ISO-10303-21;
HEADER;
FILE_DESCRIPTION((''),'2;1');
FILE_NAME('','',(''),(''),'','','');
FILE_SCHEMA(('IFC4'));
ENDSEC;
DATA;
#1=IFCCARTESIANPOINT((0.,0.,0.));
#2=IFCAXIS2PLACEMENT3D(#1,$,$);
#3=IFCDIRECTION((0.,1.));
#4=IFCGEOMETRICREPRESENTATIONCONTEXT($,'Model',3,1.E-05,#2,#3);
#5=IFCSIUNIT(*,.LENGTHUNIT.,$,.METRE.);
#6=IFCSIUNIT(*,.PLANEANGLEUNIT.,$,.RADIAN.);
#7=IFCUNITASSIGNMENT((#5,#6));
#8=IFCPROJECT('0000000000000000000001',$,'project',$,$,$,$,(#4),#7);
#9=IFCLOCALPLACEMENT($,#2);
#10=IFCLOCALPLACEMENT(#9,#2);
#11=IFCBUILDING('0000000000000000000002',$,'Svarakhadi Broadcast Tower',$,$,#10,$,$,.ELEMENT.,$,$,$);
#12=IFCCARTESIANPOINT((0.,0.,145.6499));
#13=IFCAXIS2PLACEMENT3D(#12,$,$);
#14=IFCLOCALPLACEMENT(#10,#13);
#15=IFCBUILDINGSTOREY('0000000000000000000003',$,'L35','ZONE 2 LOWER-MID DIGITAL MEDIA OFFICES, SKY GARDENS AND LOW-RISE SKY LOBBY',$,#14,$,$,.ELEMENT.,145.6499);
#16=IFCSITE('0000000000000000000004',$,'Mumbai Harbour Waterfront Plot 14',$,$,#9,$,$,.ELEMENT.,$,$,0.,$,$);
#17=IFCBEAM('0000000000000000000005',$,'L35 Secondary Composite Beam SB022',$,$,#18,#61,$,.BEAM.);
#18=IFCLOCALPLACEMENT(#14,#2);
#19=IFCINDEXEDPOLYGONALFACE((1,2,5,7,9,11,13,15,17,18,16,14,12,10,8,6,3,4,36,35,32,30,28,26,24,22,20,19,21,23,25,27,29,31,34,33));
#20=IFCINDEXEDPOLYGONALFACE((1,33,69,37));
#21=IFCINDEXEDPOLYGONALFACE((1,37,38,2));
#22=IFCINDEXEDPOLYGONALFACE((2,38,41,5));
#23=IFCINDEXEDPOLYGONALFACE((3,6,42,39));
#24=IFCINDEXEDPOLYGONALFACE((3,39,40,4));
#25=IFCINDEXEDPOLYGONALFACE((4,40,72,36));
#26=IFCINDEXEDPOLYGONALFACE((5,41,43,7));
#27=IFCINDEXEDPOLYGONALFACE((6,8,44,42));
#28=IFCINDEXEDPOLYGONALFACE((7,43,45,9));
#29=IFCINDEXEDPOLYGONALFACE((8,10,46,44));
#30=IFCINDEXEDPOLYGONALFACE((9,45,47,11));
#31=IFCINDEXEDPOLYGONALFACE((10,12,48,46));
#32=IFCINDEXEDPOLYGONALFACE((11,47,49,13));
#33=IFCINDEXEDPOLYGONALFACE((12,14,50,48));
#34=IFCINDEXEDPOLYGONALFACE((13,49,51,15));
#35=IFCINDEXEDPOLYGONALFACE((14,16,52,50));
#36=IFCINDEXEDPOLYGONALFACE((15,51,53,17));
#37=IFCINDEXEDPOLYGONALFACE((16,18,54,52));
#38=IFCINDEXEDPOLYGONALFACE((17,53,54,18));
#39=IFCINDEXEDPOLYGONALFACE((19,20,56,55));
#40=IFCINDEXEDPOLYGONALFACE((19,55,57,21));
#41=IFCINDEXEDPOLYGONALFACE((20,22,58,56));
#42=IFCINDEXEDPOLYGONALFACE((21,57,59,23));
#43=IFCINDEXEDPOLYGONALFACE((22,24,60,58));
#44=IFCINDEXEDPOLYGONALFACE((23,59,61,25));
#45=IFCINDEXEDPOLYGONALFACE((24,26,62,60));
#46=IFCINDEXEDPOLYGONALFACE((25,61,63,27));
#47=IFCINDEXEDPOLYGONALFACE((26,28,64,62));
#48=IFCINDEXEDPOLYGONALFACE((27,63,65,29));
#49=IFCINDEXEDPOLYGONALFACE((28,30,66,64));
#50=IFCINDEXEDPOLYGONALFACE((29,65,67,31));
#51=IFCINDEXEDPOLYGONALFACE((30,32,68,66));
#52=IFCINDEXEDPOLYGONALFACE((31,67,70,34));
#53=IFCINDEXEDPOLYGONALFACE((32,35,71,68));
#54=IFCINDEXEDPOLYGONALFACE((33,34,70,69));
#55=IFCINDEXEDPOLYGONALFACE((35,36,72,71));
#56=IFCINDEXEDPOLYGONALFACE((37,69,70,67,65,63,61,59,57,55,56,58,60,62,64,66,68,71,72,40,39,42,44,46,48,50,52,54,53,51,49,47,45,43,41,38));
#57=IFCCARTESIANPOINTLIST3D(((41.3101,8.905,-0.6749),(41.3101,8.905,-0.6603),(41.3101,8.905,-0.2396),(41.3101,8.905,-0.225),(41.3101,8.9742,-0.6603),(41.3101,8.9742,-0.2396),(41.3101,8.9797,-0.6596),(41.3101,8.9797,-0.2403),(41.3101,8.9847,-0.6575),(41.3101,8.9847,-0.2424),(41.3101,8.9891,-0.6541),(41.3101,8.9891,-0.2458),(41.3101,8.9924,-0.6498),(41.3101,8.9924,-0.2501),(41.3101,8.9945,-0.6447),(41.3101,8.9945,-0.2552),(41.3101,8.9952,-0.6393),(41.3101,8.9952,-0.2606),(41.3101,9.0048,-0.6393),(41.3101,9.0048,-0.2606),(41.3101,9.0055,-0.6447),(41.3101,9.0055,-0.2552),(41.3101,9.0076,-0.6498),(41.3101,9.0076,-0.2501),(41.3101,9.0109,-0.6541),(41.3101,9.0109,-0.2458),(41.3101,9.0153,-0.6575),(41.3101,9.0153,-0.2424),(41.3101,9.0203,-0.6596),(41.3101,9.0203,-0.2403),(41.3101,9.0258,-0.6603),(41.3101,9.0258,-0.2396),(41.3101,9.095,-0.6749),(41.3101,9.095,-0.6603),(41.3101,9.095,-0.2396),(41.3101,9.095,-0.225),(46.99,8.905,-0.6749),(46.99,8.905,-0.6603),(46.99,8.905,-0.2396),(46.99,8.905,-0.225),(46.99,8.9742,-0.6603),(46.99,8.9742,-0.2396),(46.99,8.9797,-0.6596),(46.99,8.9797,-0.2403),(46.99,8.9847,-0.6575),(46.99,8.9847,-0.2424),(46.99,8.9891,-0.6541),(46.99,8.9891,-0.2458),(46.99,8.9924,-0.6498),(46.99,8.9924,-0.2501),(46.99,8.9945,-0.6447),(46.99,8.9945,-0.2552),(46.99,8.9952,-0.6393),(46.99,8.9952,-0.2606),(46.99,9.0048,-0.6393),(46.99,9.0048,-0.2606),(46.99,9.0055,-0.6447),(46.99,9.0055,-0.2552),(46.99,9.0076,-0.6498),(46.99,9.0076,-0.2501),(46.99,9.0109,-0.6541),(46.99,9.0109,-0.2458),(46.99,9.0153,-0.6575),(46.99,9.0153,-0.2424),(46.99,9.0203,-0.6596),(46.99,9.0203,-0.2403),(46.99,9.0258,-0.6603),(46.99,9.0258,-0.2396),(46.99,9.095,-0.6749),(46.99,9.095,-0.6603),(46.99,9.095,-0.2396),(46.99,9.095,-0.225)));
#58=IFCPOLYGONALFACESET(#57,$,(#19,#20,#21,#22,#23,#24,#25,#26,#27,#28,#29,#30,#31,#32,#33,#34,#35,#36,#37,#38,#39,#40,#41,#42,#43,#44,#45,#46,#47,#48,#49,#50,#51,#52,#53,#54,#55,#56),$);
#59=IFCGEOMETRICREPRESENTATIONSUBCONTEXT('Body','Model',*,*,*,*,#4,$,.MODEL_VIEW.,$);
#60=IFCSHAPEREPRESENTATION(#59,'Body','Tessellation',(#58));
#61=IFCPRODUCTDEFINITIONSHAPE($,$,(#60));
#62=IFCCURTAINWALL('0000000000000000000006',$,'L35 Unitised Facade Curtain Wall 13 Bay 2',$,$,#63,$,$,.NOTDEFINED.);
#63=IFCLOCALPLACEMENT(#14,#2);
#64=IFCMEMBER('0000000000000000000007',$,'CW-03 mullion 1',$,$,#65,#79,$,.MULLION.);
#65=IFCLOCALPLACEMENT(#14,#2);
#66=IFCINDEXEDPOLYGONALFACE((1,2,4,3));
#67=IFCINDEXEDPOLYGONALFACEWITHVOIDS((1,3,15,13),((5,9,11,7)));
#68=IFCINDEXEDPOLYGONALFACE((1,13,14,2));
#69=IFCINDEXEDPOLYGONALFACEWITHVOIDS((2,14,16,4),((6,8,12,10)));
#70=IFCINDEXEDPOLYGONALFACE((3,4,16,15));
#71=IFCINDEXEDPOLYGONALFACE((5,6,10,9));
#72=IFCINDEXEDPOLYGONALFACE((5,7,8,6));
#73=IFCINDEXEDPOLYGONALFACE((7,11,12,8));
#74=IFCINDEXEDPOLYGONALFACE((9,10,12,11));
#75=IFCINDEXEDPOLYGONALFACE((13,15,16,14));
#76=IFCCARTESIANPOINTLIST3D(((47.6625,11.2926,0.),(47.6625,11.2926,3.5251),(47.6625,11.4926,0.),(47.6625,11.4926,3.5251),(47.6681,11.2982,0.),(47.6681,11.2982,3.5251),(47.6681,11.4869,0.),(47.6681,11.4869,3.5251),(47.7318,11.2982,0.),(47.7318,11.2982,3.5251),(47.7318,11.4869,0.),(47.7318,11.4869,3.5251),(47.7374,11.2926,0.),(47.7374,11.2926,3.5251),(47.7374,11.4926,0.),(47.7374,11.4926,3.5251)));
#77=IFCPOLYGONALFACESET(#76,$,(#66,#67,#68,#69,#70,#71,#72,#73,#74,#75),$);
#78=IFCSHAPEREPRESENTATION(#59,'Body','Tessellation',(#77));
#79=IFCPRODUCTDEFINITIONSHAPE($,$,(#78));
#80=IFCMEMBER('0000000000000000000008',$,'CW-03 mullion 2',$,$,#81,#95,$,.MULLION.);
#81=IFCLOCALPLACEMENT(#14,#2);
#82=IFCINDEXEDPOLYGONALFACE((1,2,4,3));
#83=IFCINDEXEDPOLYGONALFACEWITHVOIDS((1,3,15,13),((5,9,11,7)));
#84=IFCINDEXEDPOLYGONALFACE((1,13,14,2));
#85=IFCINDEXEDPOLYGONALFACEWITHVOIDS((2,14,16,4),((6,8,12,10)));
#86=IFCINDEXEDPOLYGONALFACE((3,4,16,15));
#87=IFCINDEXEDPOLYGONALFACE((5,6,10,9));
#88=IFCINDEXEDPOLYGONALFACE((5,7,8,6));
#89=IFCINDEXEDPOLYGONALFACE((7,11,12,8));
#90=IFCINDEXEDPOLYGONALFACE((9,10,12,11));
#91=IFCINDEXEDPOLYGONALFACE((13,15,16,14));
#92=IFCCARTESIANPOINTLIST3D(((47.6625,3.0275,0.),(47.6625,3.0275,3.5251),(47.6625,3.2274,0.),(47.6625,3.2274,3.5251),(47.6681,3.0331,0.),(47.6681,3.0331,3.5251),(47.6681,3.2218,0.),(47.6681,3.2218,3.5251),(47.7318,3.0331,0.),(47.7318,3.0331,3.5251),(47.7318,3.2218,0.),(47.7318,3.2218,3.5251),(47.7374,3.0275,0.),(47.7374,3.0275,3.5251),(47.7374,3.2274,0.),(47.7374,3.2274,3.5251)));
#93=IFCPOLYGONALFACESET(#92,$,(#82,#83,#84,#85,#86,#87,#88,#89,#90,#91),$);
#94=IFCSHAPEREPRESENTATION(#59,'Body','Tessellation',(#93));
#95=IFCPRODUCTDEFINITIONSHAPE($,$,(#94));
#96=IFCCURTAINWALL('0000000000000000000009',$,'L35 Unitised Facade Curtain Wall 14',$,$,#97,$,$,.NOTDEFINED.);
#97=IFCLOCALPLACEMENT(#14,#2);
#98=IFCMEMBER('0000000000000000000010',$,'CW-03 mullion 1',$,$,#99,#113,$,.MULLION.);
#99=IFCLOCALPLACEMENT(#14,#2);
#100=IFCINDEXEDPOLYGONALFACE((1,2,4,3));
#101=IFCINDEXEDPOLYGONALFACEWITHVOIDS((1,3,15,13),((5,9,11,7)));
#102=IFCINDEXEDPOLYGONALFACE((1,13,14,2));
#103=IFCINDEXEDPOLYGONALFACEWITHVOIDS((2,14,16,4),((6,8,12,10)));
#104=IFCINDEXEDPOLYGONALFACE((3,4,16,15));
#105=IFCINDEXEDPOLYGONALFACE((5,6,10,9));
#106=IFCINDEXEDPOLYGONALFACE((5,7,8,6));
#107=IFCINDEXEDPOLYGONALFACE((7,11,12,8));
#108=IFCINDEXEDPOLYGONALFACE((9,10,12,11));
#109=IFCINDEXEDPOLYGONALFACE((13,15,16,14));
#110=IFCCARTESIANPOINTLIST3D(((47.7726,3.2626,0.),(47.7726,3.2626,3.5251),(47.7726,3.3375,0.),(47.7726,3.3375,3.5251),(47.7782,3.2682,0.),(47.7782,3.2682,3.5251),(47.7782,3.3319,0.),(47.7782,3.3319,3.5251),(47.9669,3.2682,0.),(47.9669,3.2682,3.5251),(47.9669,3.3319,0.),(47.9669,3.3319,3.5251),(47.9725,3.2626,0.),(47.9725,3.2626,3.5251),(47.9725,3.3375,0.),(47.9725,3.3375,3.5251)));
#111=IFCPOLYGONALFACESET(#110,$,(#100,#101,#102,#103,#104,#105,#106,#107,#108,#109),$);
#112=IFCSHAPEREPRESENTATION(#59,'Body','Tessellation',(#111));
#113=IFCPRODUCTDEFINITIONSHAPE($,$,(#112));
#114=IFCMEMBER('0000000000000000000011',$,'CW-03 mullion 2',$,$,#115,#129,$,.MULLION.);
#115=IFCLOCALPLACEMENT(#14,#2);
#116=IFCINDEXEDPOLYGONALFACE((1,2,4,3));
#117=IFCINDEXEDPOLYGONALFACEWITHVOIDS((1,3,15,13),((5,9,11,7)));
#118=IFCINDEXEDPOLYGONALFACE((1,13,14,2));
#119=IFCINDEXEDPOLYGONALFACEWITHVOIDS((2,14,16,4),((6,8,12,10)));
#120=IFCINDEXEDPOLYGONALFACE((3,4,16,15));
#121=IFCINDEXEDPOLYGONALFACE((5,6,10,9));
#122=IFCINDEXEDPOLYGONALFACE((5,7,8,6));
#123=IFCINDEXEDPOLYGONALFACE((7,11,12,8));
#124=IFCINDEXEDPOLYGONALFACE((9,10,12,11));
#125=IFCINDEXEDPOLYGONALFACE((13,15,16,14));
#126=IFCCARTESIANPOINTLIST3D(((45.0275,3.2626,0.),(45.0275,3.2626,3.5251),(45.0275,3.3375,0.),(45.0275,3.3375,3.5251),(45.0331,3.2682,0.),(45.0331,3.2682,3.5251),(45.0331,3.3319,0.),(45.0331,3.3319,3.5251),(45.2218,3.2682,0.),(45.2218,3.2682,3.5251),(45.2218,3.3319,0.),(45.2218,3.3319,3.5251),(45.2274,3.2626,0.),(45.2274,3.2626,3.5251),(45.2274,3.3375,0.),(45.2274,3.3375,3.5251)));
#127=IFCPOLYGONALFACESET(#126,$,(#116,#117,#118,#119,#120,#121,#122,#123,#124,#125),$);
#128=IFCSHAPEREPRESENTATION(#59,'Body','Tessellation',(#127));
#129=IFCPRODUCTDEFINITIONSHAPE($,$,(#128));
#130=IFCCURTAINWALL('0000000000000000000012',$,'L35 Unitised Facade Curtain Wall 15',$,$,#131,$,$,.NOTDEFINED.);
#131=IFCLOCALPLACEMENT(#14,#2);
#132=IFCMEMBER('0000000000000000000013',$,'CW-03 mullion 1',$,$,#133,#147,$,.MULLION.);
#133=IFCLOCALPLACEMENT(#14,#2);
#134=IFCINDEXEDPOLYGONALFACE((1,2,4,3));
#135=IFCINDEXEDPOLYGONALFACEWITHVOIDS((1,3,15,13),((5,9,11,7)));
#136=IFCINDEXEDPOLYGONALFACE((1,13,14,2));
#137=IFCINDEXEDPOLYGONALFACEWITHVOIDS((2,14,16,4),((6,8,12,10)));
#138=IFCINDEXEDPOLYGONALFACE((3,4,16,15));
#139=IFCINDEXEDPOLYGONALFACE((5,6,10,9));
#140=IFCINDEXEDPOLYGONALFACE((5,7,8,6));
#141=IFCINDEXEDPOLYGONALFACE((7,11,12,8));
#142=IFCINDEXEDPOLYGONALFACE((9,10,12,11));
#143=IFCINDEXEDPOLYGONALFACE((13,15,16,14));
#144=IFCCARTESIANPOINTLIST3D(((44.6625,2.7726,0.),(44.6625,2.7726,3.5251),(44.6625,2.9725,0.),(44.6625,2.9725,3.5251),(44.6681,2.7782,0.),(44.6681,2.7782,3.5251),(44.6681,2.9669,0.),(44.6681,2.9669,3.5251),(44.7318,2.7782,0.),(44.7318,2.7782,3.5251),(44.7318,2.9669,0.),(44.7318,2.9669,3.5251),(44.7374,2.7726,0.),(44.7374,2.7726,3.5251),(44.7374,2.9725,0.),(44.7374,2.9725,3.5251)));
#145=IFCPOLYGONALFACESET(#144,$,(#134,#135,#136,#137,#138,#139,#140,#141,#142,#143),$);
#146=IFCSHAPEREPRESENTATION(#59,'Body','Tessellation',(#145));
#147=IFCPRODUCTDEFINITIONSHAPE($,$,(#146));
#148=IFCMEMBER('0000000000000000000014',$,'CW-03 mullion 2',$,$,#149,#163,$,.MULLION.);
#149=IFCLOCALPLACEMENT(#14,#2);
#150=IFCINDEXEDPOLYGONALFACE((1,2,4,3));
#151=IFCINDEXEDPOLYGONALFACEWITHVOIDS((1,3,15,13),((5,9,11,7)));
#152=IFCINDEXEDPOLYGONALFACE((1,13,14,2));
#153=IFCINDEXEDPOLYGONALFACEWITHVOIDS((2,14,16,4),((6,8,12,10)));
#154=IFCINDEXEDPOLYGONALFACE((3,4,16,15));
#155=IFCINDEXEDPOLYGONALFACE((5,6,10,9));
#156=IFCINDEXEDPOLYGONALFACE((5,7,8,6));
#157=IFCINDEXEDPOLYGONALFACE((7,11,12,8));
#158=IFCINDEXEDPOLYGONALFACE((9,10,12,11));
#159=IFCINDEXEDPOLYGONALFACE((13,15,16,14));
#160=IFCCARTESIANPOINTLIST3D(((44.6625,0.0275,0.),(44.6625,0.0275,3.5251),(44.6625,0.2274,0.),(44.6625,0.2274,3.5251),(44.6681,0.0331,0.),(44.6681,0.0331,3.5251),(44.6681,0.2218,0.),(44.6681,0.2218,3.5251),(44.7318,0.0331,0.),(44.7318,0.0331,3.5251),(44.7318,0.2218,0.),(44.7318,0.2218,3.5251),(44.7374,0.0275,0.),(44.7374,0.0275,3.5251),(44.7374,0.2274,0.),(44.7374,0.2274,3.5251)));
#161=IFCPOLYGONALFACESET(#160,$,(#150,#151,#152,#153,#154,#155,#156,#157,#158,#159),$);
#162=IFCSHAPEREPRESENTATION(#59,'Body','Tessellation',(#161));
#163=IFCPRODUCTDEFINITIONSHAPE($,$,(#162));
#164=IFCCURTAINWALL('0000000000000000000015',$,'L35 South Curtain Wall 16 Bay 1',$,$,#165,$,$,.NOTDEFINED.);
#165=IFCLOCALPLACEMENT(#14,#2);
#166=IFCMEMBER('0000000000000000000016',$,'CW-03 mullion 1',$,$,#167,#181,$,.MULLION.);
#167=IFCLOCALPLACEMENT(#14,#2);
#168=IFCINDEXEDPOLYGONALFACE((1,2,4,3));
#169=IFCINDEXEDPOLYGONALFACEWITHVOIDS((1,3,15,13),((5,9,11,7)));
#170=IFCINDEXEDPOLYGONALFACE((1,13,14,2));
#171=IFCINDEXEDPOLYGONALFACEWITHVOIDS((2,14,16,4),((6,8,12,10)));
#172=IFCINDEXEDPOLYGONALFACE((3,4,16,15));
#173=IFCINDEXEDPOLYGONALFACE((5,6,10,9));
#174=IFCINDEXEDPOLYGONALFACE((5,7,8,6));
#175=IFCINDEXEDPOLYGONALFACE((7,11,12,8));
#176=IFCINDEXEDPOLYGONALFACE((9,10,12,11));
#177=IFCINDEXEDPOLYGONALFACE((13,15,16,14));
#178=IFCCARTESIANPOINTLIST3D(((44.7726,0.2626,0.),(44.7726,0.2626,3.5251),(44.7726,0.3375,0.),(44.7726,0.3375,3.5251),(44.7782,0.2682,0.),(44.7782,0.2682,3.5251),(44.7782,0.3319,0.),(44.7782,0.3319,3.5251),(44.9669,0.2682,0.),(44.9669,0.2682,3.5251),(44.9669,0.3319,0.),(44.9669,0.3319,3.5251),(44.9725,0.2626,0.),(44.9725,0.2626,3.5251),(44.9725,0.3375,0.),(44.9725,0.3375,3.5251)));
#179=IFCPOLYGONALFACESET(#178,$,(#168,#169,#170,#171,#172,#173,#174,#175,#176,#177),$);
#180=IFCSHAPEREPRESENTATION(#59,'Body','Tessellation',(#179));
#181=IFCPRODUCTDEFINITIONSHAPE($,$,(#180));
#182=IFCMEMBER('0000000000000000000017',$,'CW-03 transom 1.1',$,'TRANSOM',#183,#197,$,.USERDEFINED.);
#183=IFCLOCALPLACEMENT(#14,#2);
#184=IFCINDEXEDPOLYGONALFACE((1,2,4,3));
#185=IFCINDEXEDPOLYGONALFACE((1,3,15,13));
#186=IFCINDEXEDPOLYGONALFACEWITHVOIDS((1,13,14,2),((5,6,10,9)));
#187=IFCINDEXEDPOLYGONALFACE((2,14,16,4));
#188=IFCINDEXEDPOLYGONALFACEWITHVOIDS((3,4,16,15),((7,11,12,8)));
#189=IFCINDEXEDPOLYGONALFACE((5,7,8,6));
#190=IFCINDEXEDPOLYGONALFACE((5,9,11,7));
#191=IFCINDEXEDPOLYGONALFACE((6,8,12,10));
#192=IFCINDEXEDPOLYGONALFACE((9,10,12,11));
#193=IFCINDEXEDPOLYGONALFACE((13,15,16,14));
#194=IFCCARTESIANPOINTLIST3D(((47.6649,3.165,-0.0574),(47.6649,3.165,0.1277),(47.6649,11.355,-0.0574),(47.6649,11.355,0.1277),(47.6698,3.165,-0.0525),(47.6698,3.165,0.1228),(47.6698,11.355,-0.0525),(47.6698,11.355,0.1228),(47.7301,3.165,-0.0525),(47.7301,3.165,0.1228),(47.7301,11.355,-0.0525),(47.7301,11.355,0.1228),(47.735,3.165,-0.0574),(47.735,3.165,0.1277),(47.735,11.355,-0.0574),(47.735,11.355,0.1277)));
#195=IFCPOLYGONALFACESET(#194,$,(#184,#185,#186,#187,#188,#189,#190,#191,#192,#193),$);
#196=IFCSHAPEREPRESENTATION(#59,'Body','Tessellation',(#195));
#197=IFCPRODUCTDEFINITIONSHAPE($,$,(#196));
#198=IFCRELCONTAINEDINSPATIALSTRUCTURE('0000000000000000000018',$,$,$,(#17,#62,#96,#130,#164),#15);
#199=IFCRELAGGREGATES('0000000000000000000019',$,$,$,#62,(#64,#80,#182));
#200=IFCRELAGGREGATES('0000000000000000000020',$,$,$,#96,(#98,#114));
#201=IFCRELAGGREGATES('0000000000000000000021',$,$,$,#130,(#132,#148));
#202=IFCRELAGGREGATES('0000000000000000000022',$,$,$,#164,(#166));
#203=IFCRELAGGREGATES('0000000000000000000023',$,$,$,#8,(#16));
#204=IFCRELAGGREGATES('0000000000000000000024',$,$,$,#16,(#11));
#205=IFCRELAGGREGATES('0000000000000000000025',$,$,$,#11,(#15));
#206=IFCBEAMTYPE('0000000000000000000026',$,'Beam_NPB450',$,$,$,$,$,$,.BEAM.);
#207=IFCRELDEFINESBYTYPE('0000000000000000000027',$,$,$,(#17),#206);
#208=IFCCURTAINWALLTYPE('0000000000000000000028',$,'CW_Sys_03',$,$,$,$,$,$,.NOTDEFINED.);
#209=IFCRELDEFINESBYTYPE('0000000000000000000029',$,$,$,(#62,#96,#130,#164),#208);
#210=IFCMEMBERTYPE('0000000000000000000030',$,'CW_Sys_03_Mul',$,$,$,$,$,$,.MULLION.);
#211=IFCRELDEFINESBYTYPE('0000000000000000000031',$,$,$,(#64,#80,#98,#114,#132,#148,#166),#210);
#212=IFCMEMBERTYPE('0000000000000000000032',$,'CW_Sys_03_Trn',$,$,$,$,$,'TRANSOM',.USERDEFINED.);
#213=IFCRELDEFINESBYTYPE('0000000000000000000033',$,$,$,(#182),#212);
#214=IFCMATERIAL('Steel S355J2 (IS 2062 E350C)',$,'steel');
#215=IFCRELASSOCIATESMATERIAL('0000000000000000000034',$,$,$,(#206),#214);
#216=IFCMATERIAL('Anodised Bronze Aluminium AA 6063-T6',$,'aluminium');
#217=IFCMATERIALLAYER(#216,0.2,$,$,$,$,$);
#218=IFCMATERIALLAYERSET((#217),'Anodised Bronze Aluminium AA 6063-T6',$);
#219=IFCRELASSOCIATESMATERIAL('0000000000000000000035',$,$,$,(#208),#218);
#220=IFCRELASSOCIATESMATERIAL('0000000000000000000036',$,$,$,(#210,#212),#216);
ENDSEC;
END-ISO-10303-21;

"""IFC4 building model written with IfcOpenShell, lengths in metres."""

from ifc_helpers import new_model, si_unit, direction, frame, origin, origin_2d, place, context, subcontext, project, spatial, hollow_rectangle, i_section, extrude, material, layer, layer_set, material_profile, profile_set, type_object, element, aggregate, save


model = new_model("IFC4")

# Units and contexts
model_context = context("Model", 3, precision=1e-05, world=origin(), true_north=direction((0.0, 1.0)))
body_context = subcontext(model_context, "Body", "Model", "MODEL_VIEW")
ifc_project = project(units=[si_unit("LENGTHUNIT", "METRE"), si_unit("PLANEANGLEUNIT", "RADIAN")], contexts=[model_context])

# Site, building, storey
site_placement = place(None, origin())
site = spatial("IfcSite", under=ifc_project, at=site_placement, Name="Mumbai Harbour Waterfront Plot 14", CompositionType="ELEMENT", RefElevation=0.0)
building_placement = place(site_placement, origin())
building = spatial("IfcBuilding", under=site, at=building_placement, Name="Svarakhadi Broadcast Tower", CompositionType="ELEMENT")
storey_placement = place(building_placement, frame((0.0, 0.0, 145.6499)))
storey = spatial("IfcBuildingStorey", under=building, at=storey_placement, Name="L35", Description="ZONE 2 LOWER-MID DIGITAL MEDIA OFFICES, SKY GARDENS AND LOW-RISE SKY LOBBY", CompositionType="ELEMENT", Elevation=145.6499)

# Beam
ifc_material_1 = material(Name="Steel S355J2 (IS 2062 E350C)", Category="steel")
ifc_material_profile_1 = material_profile(ifc_material_1, i_section(OverallWidth=0.1899, OverallDepth=0.45, WebThickness=0.0095, FlangeThickness=0.0146, FilletRadius=0.021, at=origin_2d()), Name="NPB 450x190x78")
ifc_profile_set_1 = profile_set([ifc_material_profile_1], Name="Steel S355J2 (IS 2062 E350C)")
beam_type_1 = type_object("IfcBeamType", Name="Beam_NPB450", PredefinedType="BEAM", material=ifc_profile_set_1)
beam_1_placement = place(storey_placement, frame((41.3101, 9.0, -0.45), z_axis=(1.0, 0.0, 0.0), x_axis=(0.0, 1.0, 0.0)))
element("IfcBeam", 1, at=beam_1_placement, inside=storey, type_object=beam_type_1, Name="L35 Secondary Composite Beam SB022", PredefinedType="BEAM", context=body_context, shape_type="SweptSolid", body=[
    extrude(i_section(OverallWidth=0.1899, OverallDepth=0.45, WebThickness=0.0095, FlangeThickness=0.0146, FilletRadius=0.021, at=origin_2d()), origin(), (0.0, 0.0, 1.0), 5.6799),
])

# Curtain walls, members
ifc_material_2 = material(Name="Anodised Bronze Aluminium AA 6063-T6", Category="aluminium")
ifc_layer_1 = layer(ifc_material_2, 0.2)
ifc_layer_set_1 = layer_set([ifc_layer_1], Name="Anodised Bronze Aluminium AA 6063-T6")
curtain_wall_type = type_object("IfcCurtainWallType", Name="CW_Sys_03", PredefinedType="NOTDEFINED", material=ifc_layer_set_1)
curtain_wall_1_placement = place(storey_placement, origin())
curtain_wall_1 = element("IfcCurtainWall", 2, at=curtain_wall_1_placement, inside=storey, type_object=curtain_wall_type, Name="L35 Unitised Facade Curtain Wall 13 Bay 2", PredefinedType="NOTDEFINED")
ifc_material_profile_2 = material_profile(ifc_material_2, hollow_rectangle(XDim=0.075, YDim=0.2, WallThickness=0.0056, at=origin_2d()), Name="ALU MULLION 200x75x6")
ifc_profile_set_2 = profile_set([ifc_material_profile_2], Name="Anodised Bronze Aluminium AA 6063-T6")
member_type_1 = type_object("IfcMemberType", Name="CW_Sys_03_Mul", PredefinedType="MULLION", material=ifc_profile_set_2)
member_1_placement = place(storey_placement, frame((47.7, 11.3926, 0.0), z_axis=(0.0, 0.0, 1.0), x_axis=(1.0, 0.0, 0.0)))
member_1 = element("IfcMember", 3, at=member_1_placement, type_object=member_type_1, Name="CW-03 mullion 1", PredefinedType="MULLION", context=body_context, shape_type="SweptSolid", body=[
    extrude(hollow_rectangle(XDim=0.075, YDim=0.2, WallThickness=0.0056, at=origin_2d()), origin(), (0.0, 0.0, 1.0), 3.5251),
])
member_2_placement = place(storey_placement, frame((47.7, 3.1274, 0.0), z_axis=(0.0, 0.0, 1.0), x_axis=(1.0, 0.0, 0.0)))
member_2 = element("IfcMember", 4, at=member_2_placement, type_object=member_type_1, Name="CW-03 mullion 2", PredefinedType="MULLION", context=body_context, shape_type="SweptSolid", body=[
    extrude(hollow_rectangle(XDim=0.075, YDim=0.2, WallThickness=0.0056, at=origin_2d()), origin(), (0.0, 0.0, 1.0), 3.5251),
])
curtain_wall_2_placement = place(storey_placement, origin())
curtain_wall_2 = element("IfcCurtainWall", 5, at=curtain_wall_2_placement, inside=storey, type_object=curtain_wall_type, Name="L35 Unitised Facade Curtain Wall 14", PredefinedType="NOTDEFINED")
member_3_placement = place(storey_placement, frame((47.8726, 3.3, 0.0), z_axis=(0.0, 0.0, 1.0), x_axis=(0.0, -1.0, 0.0)))
member_3 = element("IfcMember", 6, at=member_3_placement, type_object=member_type_1, Name="CW-03 mullion 1", PredefinedType="MULLION", context=body_context, shape_type="SweptSolid", body=[
    extrude(hollow_rectangle(XDim=0.075, YDim=0.2, WallThickness=0.0056, at=origin_2d()), origin(), (0.0, 0.0, 1.0), 3.5251),
])
member_4_placement = place(storey_placement, frame((45.1274, 3.3, 0.0), z_axis=(0.0, 0.0, 1.0), x_axis=(0.0, -1.0, 0.0)))
member_4 = element("IfcMember", 7, at=member_4_placement, type_object=member_type_1, Name="CW-03 mullion 2", PredefinedType="MULLION", context=body_context, shape_type="SweptSolid", body=[
    extrude(hollow_rectangle(XDim=0.075, YDim=0.2, WallThickness=0.0056, at=origin_2d()), origin(), (0.0, 0.0, 1.0), 3.5251),
])
curtain_wall_3_placement = place(storey_placement, origin())
curtain_wall_3 = element("IfcCurtainWall", 8, at=curtain_wall_3_placement, inside=storey, type_object=curtain_wall_type, Name="L35 Unitised Facade Curtain Wall 15", PredefinedType="NOTDEFINED")
member_5_placement = place(storey_placement, frame((44.7, 2.8726, 0.0), z_axis=(0.0, 0.0, 1.0), x_axis=(1.0, 0.0, 0.0)))
member_5 = element("IfcMember", 9, at=member_5_placement, type_object=member_type_1, Name="CW-03 mullion 1", PredefinedType="MULLION", context=body_context, shape_type="SweptSolid", body=[
    extrude(hollow_rectangle(XDim=0.075, YDim=0.2, WallThickness=0.0056, at=origin_2d()), origin(), (0.0, 0.0, 1.0), 3.5251),
])
member_6_placement = place(storey_placement, frame((44.7, 0.1274, 0.0), z_axis=(0.0, 0.0, 1.0), x_axis=(1.0, 0.0, 0.0)))
member_6 = element("IfcMember", 10, at=member_6_placement, type_object=member_type_1, Name="CW-03 mullion 2", PredefinedType="MULLION", context=body_context, shape_type="SweptSolid", body=[
    extrude(hollow_rectangle(XDim=0.075, YDim=0.2, WallThickness=0.0056, at=origin_2d()), origin(), (0.0, 0.0, 1.0), 3.5251),
])

# Curtain wall, member
curtain_wall_4_placement = place(storey_placement, origin())
curtain_wall_4 = element("IfcCurtainWall", 11, at=curtain_wall_4_placement, inside=storey, type_object=curtain_wall_type, Name="L35 South Curtain Wall 16 Bay 1", PredefinedType="NOTDEFINED")
member_7_placement = place(storey_placement, frame((44.8726, 0.3, 0.0), z_axis=(0.0, 0.0, 1.0), x_axis=(0.0, -1.0, 0.0)))
member_7 = element("IfcMember", 12, at=member_7_placement, type_object=member_type_1, Name="CW-03 mullion 1", PredefinedType="MULLION", context=body_context, shape_type="SweptSolid", body=[
    extrude(hollow_rectangle(XDim=0.075, YDim=0.2, WallThickness=0.0056, at=origin_2d()), origin(), (0.0, 0.0, 1.0), 3.5251),
])

# Member
ifc_material_profile_3 = material_profile(ifc_material_2, hollow_rectangle(XDim=0.0701, YDim=0.1851, WallThickness=0.0049, at=origin_2d()), Name="ALU TRANSOM 185x70x5")
ifc_profile_set_3 = profile_set([ifc_material_profile_3], Name="Anodised Bronze Aluminium AA 6063-T6")
member_type_2 = type_object("IfcMemberType", Name="CW_Sys_03_Trn", ElementType="TRANSOM", PredefinedType="USERDEFINED", material=ifc_profile_set_3)
member_8_placement = place(storey_placement, frame((47.7, 11.355, 0.0352), z_axis=(0.0, -1.0, 0.0), x_axis=(1.0, 0.0, 0.0)))
member_8 = element("IfcMember", 13, at=member_8_placement, type_object=member_type_2, Name="CW-03 transom 1.1", ObjectType="TRANSOM", PredefinedType="USERDEFINED", context=body_context, shape_type="SweptSolid", body=[
    extrude(hollow_rectangle(XDim=0.0701, YDim=0.1851, WallThickness=0.0049, at=origin_2d()), origin(), (0.0, 0.0, 1.0), 8.1899),
])

aggregate(curtain_wall_1, [member_1, member_2, member_8])
aggregate(curtain_wall_2, [member_3, member_4])
aggregate(curtain_wall_3, [member_5, member_6])
aggregate(curtain_wall_4, [member_7])

save(model, "model.ifc")
